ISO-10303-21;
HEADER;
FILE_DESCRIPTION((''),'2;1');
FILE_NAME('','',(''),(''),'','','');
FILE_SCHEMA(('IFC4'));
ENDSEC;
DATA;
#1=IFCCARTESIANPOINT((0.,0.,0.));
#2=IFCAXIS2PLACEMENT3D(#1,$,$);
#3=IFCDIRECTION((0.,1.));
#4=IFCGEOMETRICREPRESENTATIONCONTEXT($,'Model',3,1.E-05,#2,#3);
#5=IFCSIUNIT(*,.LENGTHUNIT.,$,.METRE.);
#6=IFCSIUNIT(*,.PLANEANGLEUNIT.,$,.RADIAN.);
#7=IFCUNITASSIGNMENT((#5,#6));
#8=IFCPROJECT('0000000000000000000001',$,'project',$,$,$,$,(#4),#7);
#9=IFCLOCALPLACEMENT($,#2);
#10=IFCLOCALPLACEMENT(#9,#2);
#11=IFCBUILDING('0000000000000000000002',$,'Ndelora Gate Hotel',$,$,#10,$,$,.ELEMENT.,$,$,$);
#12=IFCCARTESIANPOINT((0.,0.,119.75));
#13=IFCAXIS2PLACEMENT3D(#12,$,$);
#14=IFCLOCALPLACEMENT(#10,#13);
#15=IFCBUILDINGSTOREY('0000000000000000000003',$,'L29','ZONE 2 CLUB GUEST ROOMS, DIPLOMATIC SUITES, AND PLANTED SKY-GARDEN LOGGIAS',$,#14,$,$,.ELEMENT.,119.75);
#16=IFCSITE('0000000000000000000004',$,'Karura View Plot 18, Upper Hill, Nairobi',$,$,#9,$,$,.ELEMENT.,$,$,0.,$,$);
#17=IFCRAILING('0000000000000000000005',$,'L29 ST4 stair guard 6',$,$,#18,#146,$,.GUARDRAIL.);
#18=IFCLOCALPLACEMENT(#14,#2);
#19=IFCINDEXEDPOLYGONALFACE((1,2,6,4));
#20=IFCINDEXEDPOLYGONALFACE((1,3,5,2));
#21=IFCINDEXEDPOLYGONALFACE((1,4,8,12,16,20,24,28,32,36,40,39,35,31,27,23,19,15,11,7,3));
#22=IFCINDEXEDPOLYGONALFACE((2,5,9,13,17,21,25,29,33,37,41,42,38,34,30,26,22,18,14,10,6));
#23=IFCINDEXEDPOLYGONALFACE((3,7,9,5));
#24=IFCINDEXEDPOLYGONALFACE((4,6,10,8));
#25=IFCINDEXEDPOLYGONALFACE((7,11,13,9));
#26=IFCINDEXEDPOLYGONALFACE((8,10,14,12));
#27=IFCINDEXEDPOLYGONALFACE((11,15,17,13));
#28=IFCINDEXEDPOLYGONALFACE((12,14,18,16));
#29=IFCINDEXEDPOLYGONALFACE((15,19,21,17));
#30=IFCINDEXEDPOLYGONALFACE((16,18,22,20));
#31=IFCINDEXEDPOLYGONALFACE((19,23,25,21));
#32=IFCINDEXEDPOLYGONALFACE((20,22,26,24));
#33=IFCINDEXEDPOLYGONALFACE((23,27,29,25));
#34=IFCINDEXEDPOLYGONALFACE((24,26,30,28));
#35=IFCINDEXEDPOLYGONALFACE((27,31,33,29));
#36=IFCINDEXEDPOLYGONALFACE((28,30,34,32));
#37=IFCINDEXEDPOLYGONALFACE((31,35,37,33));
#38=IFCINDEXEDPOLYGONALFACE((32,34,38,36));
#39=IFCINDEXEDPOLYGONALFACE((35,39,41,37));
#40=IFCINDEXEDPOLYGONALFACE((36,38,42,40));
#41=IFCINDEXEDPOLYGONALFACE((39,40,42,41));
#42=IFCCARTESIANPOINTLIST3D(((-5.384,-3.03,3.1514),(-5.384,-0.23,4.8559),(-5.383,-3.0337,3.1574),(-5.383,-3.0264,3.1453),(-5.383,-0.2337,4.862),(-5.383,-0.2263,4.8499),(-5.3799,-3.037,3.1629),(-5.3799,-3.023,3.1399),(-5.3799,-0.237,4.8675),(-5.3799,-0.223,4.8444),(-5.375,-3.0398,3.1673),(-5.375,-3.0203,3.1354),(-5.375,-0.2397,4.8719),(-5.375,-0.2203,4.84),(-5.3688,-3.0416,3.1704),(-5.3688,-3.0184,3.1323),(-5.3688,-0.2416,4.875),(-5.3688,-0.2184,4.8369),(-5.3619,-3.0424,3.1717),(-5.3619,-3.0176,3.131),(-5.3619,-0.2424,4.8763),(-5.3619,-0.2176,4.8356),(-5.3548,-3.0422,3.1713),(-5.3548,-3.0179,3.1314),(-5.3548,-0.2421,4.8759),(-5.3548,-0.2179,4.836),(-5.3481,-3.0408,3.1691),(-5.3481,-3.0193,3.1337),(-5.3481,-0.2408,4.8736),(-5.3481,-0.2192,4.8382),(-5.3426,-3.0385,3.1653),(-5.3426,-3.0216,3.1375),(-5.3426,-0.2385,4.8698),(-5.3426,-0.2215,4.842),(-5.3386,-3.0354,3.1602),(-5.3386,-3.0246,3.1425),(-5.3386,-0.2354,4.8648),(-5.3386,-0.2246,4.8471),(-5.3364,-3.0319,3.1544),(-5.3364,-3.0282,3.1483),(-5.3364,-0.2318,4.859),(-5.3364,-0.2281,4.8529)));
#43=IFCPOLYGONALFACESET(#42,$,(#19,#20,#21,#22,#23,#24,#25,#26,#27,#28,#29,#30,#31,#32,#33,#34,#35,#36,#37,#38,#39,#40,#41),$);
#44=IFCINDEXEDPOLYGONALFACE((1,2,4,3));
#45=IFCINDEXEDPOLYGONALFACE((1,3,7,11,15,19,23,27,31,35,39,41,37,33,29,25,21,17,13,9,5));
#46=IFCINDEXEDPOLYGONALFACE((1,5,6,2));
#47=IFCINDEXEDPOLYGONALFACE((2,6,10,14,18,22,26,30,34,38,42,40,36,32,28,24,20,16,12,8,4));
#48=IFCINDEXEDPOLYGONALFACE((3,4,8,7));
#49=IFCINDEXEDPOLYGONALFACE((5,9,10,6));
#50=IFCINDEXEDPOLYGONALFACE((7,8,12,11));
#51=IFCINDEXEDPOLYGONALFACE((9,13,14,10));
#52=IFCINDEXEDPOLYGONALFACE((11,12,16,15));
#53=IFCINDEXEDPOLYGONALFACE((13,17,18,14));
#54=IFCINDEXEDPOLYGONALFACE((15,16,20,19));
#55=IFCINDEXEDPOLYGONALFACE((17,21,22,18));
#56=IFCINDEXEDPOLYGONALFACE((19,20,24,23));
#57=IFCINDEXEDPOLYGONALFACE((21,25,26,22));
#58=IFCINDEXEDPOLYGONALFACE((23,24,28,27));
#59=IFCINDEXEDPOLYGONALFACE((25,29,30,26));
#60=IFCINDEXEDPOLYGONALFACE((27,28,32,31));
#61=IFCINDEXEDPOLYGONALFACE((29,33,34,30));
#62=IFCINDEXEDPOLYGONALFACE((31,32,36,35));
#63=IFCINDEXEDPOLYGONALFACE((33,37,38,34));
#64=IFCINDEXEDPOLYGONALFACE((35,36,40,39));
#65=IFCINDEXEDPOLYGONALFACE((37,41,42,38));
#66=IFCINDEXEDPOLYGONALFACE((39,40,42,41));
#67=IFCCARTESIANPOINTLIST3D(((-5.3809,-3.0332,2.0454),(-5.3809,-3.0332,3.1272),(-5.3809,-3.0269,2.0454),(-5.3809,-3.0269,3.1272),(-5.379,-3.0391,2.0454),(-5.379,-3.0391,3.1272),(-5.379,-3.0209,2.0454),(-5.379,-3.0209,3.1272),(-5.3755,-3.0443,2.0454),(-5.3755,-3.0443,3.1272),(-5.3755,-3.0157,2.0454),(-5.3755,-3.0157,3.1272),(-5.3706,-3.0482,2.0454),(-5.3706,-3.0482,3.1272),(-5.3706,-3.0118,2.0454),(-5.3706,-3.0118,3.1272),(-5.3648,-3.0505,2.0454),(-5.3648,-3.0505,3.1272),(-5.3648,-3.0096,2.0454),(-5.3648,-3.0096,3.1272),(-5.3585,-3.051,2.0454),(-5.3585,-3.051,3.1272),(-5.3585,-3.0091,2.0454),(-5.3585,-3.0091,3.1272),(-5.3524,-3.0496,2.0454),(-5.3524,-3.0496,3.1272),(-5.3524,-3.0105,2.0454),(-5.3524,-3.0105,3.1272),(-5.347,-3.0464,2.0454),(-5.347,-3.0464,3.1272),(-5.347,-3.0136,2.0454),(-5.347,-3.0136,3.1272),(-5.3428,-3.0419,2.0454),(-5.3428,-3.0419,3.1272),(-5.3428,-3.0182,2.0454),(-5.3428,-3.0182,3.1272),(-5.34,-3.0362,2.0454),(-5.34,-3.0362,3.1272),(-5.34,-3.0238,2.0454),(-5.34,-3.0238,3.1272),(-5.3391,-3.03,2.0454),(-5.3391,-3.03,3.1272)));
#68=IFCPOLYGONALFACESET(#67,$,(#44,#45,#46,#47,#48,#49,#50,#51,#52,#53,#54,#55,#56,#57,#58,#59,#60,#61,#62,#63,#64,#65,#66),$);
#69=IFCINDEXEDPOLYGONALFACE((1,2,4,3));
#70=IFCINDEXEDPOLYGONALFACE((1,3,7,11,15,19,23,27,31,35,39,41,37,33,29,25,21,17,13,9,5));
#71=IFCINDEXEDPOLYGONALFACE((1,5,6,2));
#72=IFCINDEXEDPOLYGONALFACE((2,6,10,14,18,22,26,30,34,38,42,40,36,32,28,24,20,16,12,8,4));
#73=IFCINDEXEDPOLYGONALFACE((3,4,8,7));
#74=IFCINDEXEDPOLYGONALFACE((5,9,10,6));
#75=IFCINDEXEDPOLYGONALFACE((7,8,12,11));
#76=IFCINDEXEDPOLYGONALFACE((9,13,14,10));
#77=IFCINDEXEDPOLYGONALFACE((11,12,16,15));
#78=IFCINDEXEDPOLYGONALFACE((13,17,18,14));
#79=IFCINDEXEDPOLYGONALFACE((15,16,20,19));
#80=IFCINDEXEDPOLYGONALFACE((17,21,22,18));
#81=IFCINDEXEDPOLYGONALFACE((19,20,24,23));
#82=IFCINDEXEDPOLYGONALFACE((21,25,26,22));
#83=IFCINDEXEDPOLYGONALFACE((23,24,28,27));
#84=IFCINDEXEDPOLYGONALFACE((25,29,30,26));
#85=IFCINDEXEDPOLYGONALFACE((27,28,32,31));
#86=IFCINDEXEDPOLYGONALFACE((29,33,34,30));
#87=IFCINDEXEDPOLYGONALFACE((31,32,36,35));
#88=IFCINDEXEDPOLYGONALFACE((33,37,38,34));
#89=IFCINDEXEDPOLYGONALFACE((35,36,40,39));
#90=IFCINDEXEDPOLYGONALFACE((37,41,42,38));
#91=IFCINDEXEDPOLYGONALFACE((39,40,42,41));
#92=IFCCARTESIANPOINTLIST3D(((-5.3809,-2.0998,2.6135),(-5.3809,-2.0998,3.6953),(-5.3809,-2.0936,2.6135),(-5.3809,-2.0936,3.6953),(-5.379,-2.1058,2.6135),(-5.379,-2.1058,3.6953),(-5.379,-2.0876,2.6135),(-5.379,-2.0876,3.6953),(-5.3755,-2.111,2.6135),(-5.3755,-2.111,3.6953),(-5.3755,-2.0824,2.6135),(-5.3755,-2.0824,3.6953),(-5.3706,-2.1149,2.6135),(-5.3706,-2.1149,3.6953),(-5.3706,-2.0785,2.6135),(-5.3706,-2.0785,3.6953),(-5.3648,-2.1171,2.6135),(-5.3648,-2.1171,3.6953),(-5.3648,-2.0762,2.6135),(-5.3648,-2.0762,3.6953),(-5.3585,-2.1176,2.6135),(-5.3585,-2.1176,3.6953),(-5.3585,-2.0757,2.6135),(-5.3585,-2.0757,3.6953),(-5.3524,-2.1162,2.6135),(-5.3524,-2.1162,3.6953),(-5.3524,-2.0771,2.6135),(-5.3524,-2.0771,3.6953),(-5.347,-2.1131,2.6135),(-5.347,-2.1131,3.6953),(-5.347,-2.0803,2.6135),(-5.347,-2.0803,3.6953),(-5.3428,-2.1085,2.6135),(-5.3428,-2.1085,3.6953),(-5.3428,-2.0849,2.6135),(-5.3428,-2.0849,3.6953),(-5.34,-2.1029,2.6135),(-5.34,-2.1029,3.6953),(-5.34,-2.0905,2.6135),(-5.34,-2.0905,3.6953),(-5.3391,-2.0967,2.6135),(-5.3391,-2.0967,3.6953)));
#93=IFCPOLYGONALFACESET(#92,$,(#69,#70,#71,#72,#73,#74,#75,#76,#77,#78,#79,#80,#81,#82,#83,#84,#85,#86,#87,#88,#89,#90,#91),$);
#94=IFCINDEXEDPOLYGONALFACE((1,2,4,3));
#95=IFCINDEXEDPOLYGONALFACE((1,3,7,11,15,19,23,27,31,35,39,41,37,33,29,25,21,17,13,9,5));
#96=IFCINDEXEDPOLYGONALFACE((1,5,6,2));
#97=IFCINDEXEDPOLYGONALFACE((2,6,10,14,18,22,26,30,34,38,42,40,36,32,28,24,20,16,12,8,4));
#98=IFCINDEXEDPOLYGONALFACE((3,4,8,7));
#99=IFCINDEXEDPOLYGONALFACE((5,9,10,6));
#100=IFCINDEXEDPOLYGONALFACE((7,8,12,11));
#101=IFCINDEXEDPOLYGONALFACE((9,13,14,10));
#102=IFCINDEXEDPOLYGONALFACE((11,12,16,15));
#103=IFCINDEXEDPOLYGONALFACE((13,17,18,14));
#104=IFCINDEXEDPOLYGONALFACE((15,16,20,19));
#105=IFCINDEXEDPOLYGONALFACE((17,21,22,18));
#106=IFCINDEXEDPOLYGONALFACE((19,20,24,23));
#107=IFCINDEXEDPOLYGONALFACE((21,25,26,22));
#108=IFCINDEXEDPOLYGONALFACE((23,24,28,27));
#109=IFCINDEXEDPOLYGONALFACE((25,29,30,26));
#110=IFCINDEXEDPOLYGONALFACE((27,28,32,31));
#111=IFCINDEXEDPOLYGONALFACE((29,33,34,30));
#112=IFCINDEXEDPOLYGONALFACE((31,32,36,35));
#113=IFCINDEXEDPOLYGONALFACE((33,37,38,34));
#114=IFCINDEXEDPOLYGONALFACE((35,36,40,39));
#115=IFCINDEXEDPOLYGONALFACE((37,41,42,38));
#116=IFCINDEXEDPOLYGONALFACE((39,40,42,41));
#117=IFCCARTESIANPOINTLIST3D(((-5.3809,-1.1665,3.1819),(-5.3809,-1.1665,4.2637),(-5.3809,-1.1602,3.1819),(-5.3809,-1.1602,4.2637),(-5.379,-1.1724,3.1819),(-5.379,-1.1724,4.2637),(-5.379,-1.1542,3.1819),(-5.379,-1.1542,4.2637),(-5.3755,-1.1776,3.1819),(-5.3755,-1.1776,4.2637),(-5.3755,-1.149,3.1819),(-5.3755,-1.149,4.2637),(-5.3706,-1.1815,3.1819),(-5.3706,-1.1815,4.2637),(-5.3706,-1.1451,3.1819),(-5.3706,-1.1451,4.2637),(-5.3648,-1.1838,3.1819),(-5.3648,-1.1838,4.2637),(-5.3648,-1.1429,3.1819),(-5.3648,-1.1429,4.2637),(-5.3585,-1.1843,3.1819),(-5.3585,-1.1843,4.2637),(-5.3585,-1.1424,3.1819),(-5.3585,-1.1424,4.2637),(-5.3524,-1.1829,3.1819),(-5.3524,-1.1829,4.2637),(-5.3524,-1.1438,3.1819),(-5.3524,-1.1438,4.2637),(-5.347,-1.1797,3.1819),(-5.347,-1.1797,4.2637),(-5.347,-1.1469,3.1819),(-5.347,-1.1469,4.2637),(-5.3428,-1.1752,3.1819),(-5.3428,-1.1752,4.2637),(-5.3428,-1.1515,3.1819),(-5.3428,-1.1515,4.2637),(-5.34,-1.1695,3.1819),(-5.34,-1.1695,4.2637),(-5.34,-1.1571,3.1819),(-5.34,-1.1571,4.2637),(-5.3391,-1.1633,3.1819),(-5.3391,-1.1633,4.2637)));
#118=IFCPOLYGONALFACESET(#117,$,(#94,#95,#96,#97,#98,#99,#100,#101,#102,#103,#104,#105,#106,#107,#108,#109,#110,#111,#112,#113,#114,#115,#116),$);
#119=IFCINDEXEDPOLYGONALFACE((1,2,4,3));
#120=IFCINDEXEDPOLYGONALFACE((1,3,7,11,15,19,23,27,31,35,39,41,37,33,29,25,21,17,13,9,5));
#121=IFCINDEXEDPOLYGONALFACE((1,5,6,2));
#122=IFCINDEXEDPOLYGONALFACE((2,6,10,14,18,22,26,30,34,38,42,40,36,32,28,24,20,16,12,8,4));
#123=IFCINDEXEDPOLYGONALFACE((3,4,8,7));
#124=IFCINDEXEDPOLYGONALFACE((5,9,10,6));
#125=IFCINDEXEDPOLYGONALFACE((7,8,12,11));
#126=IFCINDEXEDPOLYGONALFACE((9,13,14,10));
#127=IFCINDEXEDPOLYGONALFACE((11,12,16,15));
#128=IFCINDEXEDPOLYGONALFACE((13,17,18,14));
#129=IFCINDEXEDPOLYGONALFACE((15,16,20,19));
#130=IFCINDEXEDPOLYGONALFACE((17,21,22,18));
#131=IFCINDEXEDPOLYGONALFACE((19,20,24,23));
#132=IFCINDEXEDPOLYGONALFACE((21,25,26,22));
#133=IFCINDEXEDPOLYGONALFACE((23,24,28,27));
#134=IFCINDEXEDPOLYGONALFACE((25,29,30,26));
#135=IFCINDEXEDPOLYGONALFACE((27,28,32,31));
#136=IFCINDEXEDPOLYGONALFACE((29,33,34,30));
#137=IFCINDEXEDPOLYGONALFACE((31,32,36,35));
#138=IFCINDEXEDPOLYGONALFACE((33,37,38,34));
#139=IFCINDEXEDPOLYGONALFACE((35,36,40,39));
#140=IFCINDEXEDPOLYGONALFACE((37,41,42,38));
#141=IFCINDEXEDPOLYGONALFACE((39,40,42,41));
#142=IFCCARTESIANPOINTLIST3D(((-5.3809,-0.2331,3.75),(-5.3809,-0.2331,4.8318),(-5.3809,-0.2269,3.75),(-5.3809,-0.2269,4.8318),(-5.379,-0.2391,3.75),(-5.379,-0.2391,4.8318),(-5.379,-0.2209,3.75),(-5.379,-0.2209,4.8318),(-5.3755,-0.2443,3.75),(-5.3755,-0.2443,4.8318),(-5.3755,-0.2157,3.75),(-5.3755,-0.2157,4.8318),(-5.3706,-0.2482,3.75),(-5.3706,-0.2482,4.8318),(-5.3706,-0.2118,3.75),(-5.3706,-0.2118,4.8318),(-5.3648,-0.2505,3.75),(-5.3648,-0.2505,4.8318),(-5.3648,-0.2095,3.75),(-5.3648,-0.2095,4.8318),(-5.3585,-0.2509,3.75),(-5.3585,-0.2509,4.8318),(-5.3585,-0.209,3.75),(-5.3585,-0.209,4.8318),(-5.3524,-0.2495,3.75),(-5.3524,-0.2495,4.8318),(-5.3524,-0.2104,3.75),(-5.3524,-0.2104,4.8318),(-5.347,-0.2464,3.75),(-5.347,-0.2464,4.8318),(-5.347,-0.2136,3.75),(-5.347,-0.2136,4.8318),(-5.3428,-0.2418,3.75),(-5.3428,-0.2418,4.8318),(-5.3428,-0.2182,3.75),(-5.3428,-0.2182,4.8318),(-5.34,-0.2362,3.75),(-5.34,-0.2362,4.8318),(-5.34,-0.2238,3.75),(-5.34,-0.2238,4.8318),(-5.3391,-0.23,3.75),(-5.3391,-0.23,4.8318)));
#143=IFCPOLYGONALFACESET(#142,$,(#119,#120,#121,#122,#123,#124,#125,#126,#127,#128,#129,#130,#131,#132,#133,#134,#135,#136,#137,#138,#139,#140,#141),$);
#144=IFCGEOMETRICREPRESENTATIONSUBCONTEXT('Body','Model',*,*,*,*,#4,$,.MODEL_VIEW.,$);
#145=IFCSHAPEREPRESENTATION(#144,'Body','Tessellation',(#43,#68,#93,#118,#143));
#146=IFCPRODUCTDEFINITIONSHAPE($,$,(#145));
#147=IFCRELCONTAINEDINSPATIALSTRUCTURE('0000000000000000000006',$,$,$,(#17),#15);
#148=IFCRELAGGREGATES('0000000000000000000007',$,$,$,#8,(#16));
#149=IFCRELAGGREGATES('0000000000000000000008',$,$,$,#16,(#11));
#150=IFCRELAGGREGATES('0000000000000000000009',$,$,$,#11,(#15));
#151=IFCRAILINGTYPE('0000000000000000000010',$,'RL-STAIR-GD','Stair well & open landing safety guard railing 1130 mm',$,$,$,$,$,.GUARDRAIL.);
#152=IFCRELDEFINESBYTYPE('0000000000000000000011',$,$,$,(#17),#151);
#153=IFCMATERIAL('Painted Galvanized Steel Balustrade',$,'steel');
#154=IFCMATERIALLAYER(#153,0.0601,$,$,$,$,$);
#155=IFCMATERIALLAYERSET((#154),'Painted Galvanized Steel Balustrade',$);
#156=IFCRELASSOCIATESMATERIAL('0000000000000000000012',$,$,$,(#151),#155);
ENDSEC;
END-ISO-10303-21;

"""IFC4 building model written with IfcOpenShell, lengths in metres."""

from ifc_helpers import new_model, si_unit, direction, frame, origin, origin_2d, place, context, subcontext, project, spatial, circle, extrude, material, layer, layer_set, type_object, element, save


model = new_model("IFC4")

# Units and contexts
model_context = context("Model", 3, precision=1e-05, world=origin(), true_north=direction((0.0, 1.0)))
body_context = subcontext(model_context, "Body", "Model", "MODEL_VIEW")
ifc_project = project(units=[si_unit("LENGTHUNIT", "METRE"), si_unit("PLANEANGLEUNIT", "RADIAN")], contexts=[model_context])

# Site, building, storey
site_placement = place(None, origin())
site = spatial("IfcSite", under=ifc_project, at=site_placement, Name="Karura View Plot 18, Upper Hill, Nairobi", CompositionType="ELEMENT", RefElevation=0.0)
building_placement = place(site_placement, origin())
building = spatial("IfcBuilding", under=site, at=building_placement, Name="Ndelora Gate Hotel", CompositionType="ELEMENT")
storey_placement = place(building_placement, frame((0.0, 0.0, 119.75)))
storey = spatial("IfcBuildingStorey", under=building, at=storey_placement, Name="L29", Description="ZONE 2 CLUB GUEST ROOMS, DIPLOMATIC SUITES, AND PLANTED SKY-GARDEN LOGGIAS", CompositionType="ELEMENT", Elevation=119.75)

# Railing
ifc_material_1 = material(Name="Painted Galvanized Steel Balustrade", Category="steel")
ifc_layer_1 = layer(ifc_material_1, 0.0601)
ifc_layer_set_1 = layer_set([ifc_layer_1], Name="Painted Galvanized Steel Balustrade")
railing_type_1 = type_object("IfcRailingType", Name="RL-STAIR-GD", Description="Stair well & open landing safety guard railing 1130 mm", PredefinedType="GUARDRAIL", material=ifc_layer_set_1)
railing_1_placement = place(storey_placement, frame((-5.3601, -3.03, 2.0454)))
element("IfcRailing", 1, at=railing_1_placement, inside=storey, type_object=railing_type_1, Name="L29 ST4 stair guard 6", PredefinedType="GUARDRAIL", context=body_context, shape_type="SweptSolid", body=[
    extrude(circle(Radius=0.0239, at=origin_2d()), frame((0.0, 0.0, 1.106), z_axis=(0.0, 0.85417, 0.519994), x_axis=(-1.0, 0.0, 0.0)), (0.0, 0.0, 1.0), 3.2781),
    extrude(circle(Radius=0.021, at=origin_2d()), origin(), (0.0, 0.0, 1.0), 1.0818),
    extrude(circle(Radius=0.021, at=origin_2d()), frame((0.0, 0.9333, 0.5681)), (0.0, 0.0, 1.0), 1.0818),
    extrude(circle(Radius=0.021, at=origin_2d()), frame((0.0, 1.8667, 1.1365)), (0.0, 0.0, 1.0), 1.0818),
    extrude(circle(Radius=0.021, at=origin_2d()), frame((0.0, 2.8, 1.7046)), (0.0, 0.0, 1.0), 1.0818),
])

save(model, "model.ifc")
